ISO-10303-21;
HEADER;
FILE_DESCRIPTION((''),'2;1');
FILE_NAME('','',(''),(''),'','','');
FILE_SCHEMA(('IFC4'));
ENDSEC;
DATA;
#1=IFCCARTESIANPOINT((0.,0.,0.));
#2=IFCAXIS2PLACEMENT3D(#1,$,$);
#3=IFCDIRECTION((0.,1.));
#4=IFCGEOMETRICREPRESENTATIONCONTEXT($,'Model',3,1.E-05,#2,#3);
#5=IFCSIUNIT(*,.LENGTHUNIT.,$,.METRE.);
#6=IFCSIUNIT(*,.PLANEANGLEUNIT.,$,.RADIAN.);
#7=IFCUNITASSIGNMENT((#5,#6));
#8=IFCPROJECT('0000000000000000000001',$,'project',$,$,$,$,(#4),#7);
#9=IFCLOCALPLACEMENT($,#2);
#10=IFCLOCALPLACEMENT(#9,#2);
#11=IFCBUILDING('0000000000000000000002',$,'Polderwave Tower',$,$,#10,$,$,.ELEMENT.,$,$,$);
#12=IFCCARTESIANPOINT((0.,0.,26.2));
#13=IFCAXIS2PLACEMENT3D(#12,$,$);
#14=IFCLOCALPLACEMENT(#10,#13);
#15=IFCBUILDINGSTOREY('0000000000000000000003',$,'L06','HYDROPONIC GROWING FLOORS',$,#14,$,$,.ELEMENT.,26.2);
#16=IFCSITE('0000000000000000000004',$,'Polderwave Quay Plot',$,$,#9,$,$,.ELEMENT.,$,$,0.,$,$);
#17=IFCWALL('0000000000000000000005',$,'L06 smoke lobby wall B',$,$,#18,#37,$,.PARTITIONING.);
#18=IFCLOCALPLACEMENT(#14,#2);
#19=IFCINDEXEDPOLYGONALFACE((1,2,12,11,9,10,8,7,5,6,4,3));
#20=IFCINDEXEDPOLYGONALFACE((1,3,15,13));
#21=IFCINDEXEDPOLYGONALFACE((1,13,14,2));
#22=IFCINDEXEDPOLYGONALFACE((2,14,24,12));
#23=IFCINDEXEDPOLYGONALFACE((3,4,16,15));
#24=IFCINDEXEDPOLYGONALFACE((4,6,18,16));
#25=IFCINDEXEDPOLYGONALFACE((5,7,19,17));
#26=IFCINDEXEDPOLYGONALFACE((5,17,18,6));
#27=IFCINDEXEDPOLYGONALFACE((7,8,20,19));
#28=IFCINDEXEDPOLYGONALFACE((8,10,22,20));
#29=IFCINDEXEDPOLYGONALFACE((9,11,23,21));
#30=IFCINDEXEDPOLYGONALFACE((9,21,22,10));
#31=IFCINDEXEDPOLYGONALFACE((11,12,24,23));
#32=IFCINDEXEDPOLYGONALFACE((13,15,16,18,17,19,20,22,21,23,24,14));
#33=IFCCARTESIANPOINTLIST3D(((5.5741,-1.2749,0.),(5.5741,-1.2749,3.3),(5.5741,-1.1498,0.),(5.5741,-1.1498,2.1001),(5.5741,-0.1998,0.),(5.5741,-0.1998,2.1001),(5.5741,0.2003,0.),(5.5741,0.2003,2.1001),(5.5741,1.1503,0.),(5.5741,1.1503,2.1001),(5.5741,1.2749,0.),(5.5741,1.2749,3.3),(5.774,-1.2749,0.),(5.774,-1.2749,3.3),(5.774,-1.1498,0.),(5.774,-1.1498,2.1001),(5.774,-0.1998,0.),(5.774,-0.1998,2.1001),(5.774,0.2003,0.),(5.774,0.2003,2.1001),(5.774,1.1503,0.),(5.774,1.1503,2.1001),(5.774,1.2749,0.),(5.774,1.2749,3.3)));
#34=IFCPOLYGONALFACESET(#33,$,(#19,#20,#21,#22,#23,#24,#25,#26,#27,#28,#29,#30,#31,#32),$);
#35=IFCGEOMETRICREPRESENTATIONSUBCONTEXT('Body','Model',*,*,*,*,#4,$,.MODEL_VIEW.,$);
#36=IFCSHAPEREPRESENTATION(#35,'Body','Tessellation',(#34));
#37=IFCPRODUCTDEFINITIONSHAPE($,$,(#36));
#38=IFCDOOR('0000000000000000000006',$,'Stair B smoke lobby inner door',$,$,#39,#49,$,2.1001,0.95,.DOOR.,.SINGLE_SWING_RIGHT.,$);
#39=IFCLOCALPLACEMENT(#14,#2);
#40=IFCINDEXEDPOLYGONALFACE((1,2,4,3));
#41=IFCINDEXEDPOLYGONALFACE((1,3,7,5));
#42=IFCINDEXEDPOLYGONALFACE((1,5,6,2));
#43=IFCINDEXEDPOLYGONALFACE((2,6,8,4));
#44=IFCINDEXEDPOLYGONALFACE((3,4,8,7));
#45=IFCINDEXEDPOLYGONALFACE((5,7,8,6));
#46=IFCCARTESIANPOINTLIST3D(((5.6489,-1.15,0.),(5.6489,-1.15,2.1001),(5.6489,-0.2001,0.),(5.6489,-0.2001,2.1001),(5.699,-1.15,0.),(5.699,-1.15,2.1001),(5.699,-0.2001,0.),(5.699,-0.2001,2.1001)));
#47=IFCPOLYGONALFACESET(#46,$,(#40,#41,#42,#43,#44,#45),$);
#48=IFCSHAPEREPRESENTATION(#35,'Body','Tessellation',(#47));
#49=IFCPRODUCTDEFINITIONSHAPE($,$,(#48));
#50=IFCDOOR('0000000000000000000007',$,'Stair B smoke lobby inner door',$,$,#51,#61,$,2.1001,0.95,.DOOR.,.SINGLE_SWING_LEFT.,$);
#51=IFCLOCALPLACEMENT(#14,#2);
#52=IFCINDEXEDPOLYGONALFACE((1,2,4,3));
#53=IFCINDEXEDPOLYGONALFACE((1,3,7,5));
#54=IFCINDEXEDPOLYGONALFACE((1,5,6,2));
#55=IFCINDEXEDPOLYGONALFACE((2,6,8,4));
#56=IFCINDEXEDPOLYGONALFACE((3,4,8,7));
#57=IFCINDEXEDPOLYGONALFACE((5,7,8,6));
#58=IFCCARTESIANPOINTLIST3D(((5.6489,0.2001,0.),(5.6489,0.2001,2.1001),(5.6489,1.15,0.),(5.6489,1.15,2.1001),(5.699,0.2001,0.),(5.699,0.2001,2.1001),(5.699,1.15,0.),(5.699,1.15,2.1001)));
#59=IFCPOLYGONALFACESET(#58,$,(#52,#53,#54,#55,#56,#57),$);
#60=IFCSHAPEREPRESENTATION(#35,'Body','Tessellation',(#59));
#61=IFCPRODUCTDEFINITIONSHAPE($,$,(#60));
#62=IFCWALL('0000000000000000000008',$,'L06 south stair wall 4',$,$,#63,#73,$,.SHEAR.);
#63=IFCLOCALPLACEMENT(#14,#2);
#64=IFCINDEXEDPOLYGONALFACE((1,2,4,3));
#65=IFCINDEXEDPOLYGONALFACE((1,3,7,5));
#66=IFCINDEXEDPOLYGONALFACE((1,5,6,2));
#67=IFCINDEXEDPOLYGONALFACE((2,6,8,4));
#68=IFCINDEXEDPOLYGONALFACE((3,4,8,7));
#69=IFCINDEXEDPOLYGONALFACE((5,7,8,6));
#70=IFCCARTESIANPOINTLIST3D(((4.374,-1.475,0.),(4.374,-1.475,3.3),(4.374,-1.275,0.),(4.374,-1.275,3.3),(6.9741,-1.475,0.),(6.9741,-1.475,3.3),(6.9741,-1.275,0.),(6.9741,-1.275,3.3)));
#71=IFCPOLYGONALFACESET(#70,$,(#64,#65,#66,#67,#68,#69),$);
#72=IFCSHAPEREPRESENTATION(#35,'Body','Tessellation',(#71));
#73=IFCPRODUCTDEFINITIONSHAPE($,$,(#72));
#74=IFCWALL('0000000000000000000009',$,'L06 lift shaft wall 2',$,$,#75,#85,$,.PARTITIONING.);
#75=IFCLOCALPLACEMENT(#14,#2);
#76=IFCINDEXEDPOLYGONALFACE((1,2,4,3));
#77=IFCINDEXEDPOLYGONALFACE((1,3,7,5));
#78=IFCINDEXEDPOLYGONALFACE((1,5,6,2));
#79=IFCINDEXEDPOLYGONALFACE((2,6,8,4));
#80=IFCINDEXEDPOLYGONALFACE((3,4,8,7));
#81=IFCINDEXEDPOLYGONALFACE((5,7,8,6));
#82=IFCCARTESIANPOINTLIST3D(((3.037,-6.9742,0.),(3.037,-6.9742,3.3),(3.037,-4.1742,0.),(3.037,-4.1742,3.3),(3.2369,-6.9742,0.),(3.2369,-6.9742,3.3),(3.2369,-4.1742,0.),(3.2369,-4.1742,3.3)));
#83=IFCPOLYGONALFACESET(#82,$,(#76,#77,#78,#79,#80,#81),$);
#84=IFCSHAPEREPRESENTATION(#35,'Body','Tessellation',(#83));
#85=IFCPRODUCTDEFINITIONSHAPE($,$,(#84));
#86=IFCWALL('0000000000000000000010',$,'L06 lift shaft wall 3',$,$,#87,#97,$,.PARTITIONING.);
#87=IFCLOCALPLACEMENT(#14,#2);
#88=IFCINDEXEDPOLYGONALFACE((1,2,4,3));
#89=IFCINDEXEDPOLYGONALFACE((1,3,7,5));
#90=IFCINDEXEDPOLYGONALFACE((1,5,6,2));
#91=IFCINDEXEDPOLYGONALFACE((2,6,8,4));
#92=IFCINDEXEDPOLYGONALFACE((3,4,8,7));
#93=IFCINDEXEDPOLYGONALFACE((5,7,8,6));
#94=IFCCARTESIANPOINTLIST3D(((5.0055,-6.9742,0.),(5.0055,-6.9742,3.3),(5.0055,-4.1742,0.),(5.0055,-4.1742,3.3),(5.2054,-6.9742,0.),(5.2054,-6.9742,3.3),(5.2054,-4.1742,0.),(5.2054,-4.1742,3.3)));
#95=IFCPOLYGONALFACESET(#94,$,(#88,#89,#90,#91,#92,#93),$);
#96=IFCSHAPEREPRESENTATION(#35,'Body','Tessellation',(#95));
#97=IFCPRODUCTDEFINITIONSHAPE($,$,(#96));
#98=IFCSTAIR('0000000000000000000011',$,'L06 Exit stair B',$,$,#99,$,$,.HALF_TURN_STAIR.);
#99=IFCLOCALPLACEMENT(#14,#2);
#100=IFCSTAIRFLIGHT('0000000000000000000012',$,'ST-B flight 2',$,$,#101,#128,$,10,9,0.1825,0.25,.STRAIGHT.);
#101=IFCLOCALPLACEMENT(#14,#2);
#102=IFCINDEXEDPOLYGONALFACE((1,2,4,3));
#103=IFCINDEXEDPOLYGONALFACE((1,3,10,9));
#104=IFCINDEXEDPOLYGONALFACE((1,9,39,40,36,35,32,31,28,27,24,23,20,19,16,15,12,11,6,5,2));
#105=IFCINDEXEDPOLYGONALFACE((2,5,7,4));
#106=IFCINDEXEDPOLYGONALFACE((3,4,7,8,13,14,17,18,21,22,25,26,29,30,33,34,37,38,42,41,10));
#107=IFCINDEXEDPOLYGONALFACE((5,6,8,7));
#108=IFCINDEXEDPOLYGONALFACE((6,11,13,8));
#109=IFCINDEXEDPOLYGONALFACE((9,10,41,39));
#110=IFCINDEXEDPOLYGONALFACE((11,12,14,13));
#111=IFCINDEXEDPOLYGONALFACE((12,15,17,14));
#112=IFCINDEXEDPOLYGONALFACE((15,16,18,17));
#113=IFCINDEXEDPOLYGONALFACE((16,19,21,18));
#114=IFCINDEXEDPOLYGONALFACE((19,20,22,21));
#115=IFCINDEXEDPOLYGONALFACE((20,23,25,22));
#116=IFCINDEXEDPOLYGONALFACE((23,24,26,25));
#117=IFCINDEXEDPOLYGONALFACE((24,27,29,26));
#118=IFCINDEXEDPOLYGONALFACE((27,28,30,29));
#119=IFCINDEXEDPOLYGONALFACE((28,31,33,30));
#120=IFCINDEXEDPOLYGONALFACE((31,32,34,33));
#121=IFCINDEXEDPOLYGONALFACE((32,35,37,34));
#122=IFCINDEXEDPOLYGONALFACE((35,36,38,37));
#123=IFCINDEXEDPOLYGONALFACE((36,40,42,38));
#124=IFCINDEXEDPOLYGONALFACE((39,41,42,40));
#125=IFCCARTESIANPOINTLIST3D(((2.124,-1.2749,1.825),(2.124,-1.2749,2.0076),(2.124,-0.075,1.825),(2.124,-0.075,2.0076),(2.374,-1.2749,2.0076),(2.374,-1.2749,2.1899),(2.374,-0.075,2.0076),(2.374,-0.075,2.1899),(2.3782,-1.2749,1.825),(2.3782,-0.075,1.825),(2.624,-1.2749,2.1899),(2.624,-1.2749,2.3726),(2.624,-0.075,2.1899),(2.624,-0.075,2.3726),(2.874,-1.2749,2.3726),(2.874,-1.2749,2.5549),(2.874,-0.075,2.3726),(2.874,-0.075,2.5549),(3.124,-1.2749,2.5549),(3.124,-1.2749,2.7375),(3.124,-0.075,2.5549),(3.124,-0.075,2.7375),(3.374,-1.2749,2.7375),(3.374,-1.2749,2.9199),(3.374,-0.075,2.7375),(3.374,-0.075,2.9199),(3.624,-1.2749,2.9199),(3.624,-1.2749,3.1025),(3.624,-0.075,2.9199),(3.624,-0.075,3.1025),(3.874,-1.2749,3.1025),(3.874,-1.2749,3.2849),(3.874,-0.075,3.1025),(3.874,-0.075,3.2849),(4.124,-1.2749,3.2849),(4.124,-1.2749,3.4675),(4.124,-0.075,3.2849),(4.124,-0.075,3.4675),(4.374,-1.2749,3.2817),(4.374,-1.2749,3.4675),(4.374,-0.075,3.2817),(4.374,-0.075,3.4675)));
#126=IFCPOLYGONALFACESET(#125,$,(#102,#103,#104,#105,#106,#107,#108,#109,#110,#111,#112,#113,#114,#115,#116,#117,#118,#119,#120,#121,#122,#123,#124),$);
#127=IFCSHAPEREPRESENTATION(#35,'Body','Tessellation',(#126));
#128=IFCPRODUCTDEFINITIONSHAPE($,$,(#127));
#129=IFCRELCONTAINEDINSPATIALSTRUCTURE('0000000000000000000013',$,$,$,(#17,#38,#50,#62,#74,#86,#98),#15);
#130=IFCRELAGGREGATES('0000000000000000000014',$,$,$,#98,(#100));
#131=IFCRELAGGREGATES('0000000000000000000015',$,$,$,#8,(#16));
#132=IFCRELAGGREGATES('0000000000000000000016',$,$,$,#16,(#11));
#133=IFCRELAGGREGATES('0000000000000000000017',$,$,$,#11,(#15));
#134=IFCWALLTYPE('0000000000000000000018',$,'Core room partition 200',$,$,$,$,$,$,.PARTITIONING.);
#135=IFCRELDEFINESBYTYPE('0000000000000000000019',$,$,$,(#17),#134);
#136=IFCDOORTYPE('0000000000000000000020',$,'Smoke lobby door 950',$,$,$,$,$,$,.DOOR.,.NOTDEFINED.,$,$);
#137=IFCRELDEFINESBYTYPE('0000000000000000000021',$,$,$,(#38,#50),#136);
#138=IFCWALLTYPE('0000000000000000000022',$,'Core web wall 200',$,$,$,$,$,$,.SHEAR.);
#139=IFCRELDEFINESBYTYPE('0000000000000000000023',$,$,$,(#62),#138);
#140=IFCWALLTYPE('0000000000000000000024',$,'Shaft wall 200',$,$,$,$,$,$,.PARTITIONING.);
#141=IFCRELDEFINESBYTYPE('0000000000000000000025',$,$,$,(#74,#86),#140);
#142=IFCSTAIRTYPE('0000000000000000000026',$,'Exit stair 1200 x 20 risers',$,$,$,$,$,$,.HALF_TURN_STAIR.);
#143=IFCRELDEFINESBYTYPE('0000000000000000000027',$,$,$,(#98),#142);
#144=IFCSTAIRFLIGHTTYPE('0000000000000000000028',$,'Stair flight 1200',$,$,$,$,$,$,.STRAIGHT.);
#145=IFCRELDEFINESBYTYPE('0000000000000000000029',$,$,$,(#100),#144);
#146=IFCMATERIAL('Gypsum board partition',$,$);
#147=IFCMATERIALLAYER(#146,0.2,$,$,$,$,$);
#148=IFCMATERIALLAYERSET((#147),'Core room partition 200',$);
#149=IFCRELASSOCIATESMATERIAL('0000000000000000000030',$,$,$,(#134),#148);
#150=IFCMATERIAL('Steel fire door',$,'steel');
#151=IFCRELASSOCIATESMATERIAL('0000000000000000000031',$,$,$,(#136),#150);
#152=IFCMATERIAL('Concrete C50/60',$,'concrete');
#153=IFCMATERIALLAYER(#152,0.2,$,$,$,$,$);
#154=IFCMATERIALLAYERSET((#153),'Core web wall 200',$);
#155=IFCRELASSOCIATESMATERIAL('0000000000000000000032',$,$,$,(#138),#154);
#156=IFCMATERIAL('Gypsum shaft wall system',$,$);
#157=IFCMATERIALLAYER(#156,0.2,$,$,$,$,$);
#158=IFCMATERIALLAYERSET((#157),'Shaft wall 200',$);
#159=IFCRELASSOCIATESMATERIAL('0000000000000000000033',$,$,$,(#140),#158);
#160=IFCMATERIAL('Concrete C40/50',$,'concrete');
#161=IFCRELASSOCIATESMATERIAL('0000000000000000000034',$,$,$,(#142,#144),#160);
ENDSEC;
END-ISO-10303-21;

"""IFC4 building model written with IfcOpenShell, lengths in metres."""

from ifc_helpers import new_model, si_unit, direction, frame, frame_2d, origin, place, context, subcontext, project, spatial, polyline, rectangle, outline, extrude, material, layer, layer_set, type_object, element, fill, aggregate, save


model = new_model("IFC4")

# Units and contexts
model_context = context("Model", 3, precision=1e-05, world=origin(), true_north=direction((0.0, 1.0)))
body_context = subcontext(model_context, "Body", "Model", "MODEL_VIEW")
ifc_project = project(units=[si_unit("LENGTHUNIT", "METRE"), si_unit("PLANEANGLEUNIT", "RADIAN")], contexts=[model_context])

# Site, building, storey
site_placement = place(None, origin())
site = spatial("IfcSite", under=ifc_project, at=site_placement, Name="Polderwave Quay Plot", CompositionType="ELEMENT", RefElevation=0.0)
building_placement = place(site_placement, origin())
building = spatial("IfcBuilding", under=site, at=building_placement, Name="Polderwave Tower", CompositionType="ELEMENT")
storey_placement = place(building_placement, frame((0.0, 0.0, 26.2)))
storey = spatial("IfcBuildingStorey", under=building, at=storey_placement, Name="L06", Description="HYDROPONIC GROWING FLOORS", CompositionType="ELEMENT", Elevation=26.2)

# Wall, openings, doors
ifc_material_1 = material(Name="Gypsum board partition")
ifc_layer_1 = layer(ifc_material_1, 0.2)
ifc_layer_set_1 = layer_set([ifc_layer_1], Name="Core room partition 200")
wall_type_1 = type_object("IfcWallType", Name="Core room partition 200", PredefinedType="PARTITIONING", material=ifc_layer_set_1)
wall_1_placement = place(storey_placement, frame((5.6741, -1.2749, 0.0), z_axis=(0.0, 0.0, 1.0), x_axis=(0.0, 1.0, 0.0)))
wall_1 = element("IfcWall", 1, at=wall_1_placement, inside=storey, type_object=wall_type_1, Name="L06 smoke lobby wall B", PredefinedType="PARTITIONING", context=body_context, shape_type="SweptSolid", body=[
    extrude(rectangle(XDim=2.5498, YDim=0.2, at=frame_2d((1.2749, 0.0))), origin(), (0.0, 0.0, 1.0), 3.3),
])
opening_1_placement = place(wall_1_placement, frame((0.125, 0.0, 0.0)))
opening_1 = element("IfcOpeningElement", 2, at=opening_1_placement, cuts=wall_1, PredefinedType="OPENING", context=body_context, shape_type="SweptSolid", body=[
    extrude(rectangle(XDim=0.95, YDim=2.1001, at=frame_2d((0.4751, 1.05))), frame((0.0, 0.1099, 0.0), z_axis=(0.0, -1.0, 0.0), x_axis=(1.0, 0.0, 0.0)), (0.0, 0.0, 1.0), 0.22),
])
opening_2_placement = place(wall_1_placement, frame((1.4751, 0.0, 0.0)))
opening_2 = element("IfcOpeningElement", 3, at=opening_2_placement, cuts=wall_1, PredefinedType="OPENING", context=body_context, shape_type="SweptSolid", body=[
    extrude(rectangle(XDim=0.95, YDim=2.1001, at=frame_2d((0.4751, 1.05))), frame((0.0, 0.1099, 0.0), z_axis=(0.0, -1.0, 0.0), x_axis=(1.0, 0.0, 0.0)), (0.0, 0.0, 1.0), 0.22),
])
ifc_material_2 = material(Name="Steel fire door", Category="steel")
door_type = type_object("IfcDoorType", Name="Smoke lobby door 950", OperationType="NOTDEFINED", PredefinedType="DOOR", material=ifc_material_2)
door_1_placement = place(opening_1_placement, frame((0.95, 0.0, 0.0), z_axis=(0.0, 0.0, 1.0), x_axis=(-1.0, 0.0, 0.0)))
door_1 = element("IfcDoor", 4, at=door_1_placement, inside=storey, type_object=door_type, Name="Stair B smoke lobby inner door", OperationType="SINGLE_SWING_RIGHT", OverallHeight=2.1001, OverallWidth=0.95, PredefinedType="DOOR", context=body_context, shape_type="SweptSolid", body=[
    extrude(rectangle(XDim=0.95, YDim=2.1001, at=frame_2d((0.4751, 1.05))), frame((0.0, 0.0249, 0.0), z_axis=(0.0, -1.0, 0.0), x_axis=(1.0, 0.0, 0.0)), (0.0, 0.0, 1.0), 0.05),
])
fill(opening_1, door_1)
door_2_placement = place(opening_2_placement, frame((0.95, 0.0, 0.0), z_axis=(0.0, 0.0, 1.0), x_axis=(-1.0, 0.0, 0.0)))
door_2 = element("IfcDoor", 5, at=door_2_placement, inside=storey, type_object=door_type, Name="Stair B smoke lobby inner door", OperationType="SINGLE_SWING_LEFT", OverallHeight=2.1001, OverallWidth=0.95, PredefinedType="DOOR", context=body_context, shape_type="SweptSolid", body=[
    extrude(rectangle(XDim=0.95, YDim=2.1001, at=frame_2d((0.4751, 1.05))), frame((0.0, 0.0249, 0.0), z_axis=(0.0, -1.0, 0.0), x_axis=(1.0, 0.0, 0.0)), (0.0, 0.0, 1.0), 0.05),
])
fill(opening_2, door_2)

# Walls
ifc_material_3 = material(Name="Concrete C50/60", Category="concrete")
ifc_layer_2 = layer(ifc_material_3, 0.2)
ifc_layer_set_2 = layer_set([ifc_layer_2], Name="Core web wall 200")
wall_type_2 = type_object("IfcWallType", Name="Core web wall 200", PredefinedType="SHEAR", material=ifc_layer_set_2)
wall_2_placement = place(storey_placement, frame((4.374, -1.375, 0.0), z_axis=(0.0, 0.0, 1.0), x_axis=(1.0, 0.0, 0.0)))
element("IfcWall", 6, at=wall_2_placement, inside=storey, type_object=wall_type_2, Name="L06 south stair wall 4", PredefinedType="SHEAR", context=body_context, shape_type="SweptSolid", body=[
    extrude(rectangle(XDim=2.6001, YDim=0.2, at=frame_2d((1.3, 0.0))), origin(), (0.0, 0.0, 1.0), 3.3),
])
ifc_material_4 = material(Name="Gypsum shaft wall system")
ifc_layer_3 = layer(ifc_material_4, 0.2)
ifc_layer_set_3 = layer_set([ifc_layer_3], Name="Shaft wall 200")
wall_type_3 = type_object("IfcWallType", Name="Shaft wall 200", PredefinedType="PARTITIONING", material=ifc_layer_set_3)
for number, where, z_axis, x_axis, name in (
    (7, (3.137, -6.9741, 0.0), (0.0, 0.0, 1.0), (0.0, 1.0, 0.0), "L06 lift shaft wall 2"),
    (8, (5.1055, -6.9741, 0.0), (0.0, 0.0, 1.0), (0.0, 1.0, 0.0), "L06 lift shaft wall 3"),
):
    element("IfcWall", number, at=place(storey_placement, frame(where, z_axis=z_axis, x_axis=x_axis)), inside=storey, type_object=wall_type_3, Name=name, PredefinedType="PARTITIONING", context=body_context, shape_type="SweptSolid", body=[
        extrude(rectangle(XDim=2.8, YDim=0.2, at=frame_2d((1.3999, 0.0))), origin(), (0.0, 0.0, 1.0), 3.3),
    ])

# Stair, stair flight
ifc_material_5 = material(Name="Concrete C40/50", Category="concrete")
stair_type = type_object("IfcStairType", Name="Exit stair 1200 x 20 risers", PredefinedType="HALF_TURN_STAIR", material=ifc_material_5)
stair_placement = place(storey_placement, origin())
stair = element("IfcStair", 9, at=stair_placement, inside=storey, type_object=stair_type, Name="L06 Exit stair B", PredefinedType="HALF_TURN_STAIR")
stair_flight_type = type_object("IfcStairFlightType", Name="Stair flight 1200", PredefinedType="STRAIGHT", material=ifc_material_5)
stair_flight_placement = place(storey_placement, frame((2.124, -0.675, 1.825), z_axis=(0.0, 0.0, 1.0), x_axis=(1.0, 0.0, 0.0)))
stair_flight = element("IfcStairFlight", 10, at=stair_flight_placement, type_object=stair_flight_type, Name="ST-B flight 2", NumberOfRisers=10, NumberOfTreads=9, PredefinedType="STRAIGHT", RiserHeight=0.1825, TreadLength=0.25, context=body_context, shape_type="SweptSolid", body=[
    extrude(outline(polyline([(0.0, 0.0), (0.0, 0.1826), (0.25, 0.1826), (0.25, 0.365), (0.5, 0.365), (0.5, 0.5476), (0.75, 0.5476), (0.75, 0.73), (1.0, 0.73), (1.0, 0.9126), (1.25, 0.9126), (1.25, 1.095), (1.5, 1.095), (1.5, 1.2776), (1.75, 1.2776), (1.75, 1.46), (2.0, 1.46), (2.0, 1.6426), (2.25, 1.6426), (2.25, 1.825), (2.25, 1.4568), (0.2542, 0.0), (0.0, 0.0)])), frame((0.0, 0.6001, 0.0), z_axis=(0.0, -1.0, 0.0), x_axis=(1.0, 0.0, 0.0)), (0.0, 0.0, 1.0), 1.2),
])
aggregate(stair, [stair_flight])

save(model, "model.ifc")
